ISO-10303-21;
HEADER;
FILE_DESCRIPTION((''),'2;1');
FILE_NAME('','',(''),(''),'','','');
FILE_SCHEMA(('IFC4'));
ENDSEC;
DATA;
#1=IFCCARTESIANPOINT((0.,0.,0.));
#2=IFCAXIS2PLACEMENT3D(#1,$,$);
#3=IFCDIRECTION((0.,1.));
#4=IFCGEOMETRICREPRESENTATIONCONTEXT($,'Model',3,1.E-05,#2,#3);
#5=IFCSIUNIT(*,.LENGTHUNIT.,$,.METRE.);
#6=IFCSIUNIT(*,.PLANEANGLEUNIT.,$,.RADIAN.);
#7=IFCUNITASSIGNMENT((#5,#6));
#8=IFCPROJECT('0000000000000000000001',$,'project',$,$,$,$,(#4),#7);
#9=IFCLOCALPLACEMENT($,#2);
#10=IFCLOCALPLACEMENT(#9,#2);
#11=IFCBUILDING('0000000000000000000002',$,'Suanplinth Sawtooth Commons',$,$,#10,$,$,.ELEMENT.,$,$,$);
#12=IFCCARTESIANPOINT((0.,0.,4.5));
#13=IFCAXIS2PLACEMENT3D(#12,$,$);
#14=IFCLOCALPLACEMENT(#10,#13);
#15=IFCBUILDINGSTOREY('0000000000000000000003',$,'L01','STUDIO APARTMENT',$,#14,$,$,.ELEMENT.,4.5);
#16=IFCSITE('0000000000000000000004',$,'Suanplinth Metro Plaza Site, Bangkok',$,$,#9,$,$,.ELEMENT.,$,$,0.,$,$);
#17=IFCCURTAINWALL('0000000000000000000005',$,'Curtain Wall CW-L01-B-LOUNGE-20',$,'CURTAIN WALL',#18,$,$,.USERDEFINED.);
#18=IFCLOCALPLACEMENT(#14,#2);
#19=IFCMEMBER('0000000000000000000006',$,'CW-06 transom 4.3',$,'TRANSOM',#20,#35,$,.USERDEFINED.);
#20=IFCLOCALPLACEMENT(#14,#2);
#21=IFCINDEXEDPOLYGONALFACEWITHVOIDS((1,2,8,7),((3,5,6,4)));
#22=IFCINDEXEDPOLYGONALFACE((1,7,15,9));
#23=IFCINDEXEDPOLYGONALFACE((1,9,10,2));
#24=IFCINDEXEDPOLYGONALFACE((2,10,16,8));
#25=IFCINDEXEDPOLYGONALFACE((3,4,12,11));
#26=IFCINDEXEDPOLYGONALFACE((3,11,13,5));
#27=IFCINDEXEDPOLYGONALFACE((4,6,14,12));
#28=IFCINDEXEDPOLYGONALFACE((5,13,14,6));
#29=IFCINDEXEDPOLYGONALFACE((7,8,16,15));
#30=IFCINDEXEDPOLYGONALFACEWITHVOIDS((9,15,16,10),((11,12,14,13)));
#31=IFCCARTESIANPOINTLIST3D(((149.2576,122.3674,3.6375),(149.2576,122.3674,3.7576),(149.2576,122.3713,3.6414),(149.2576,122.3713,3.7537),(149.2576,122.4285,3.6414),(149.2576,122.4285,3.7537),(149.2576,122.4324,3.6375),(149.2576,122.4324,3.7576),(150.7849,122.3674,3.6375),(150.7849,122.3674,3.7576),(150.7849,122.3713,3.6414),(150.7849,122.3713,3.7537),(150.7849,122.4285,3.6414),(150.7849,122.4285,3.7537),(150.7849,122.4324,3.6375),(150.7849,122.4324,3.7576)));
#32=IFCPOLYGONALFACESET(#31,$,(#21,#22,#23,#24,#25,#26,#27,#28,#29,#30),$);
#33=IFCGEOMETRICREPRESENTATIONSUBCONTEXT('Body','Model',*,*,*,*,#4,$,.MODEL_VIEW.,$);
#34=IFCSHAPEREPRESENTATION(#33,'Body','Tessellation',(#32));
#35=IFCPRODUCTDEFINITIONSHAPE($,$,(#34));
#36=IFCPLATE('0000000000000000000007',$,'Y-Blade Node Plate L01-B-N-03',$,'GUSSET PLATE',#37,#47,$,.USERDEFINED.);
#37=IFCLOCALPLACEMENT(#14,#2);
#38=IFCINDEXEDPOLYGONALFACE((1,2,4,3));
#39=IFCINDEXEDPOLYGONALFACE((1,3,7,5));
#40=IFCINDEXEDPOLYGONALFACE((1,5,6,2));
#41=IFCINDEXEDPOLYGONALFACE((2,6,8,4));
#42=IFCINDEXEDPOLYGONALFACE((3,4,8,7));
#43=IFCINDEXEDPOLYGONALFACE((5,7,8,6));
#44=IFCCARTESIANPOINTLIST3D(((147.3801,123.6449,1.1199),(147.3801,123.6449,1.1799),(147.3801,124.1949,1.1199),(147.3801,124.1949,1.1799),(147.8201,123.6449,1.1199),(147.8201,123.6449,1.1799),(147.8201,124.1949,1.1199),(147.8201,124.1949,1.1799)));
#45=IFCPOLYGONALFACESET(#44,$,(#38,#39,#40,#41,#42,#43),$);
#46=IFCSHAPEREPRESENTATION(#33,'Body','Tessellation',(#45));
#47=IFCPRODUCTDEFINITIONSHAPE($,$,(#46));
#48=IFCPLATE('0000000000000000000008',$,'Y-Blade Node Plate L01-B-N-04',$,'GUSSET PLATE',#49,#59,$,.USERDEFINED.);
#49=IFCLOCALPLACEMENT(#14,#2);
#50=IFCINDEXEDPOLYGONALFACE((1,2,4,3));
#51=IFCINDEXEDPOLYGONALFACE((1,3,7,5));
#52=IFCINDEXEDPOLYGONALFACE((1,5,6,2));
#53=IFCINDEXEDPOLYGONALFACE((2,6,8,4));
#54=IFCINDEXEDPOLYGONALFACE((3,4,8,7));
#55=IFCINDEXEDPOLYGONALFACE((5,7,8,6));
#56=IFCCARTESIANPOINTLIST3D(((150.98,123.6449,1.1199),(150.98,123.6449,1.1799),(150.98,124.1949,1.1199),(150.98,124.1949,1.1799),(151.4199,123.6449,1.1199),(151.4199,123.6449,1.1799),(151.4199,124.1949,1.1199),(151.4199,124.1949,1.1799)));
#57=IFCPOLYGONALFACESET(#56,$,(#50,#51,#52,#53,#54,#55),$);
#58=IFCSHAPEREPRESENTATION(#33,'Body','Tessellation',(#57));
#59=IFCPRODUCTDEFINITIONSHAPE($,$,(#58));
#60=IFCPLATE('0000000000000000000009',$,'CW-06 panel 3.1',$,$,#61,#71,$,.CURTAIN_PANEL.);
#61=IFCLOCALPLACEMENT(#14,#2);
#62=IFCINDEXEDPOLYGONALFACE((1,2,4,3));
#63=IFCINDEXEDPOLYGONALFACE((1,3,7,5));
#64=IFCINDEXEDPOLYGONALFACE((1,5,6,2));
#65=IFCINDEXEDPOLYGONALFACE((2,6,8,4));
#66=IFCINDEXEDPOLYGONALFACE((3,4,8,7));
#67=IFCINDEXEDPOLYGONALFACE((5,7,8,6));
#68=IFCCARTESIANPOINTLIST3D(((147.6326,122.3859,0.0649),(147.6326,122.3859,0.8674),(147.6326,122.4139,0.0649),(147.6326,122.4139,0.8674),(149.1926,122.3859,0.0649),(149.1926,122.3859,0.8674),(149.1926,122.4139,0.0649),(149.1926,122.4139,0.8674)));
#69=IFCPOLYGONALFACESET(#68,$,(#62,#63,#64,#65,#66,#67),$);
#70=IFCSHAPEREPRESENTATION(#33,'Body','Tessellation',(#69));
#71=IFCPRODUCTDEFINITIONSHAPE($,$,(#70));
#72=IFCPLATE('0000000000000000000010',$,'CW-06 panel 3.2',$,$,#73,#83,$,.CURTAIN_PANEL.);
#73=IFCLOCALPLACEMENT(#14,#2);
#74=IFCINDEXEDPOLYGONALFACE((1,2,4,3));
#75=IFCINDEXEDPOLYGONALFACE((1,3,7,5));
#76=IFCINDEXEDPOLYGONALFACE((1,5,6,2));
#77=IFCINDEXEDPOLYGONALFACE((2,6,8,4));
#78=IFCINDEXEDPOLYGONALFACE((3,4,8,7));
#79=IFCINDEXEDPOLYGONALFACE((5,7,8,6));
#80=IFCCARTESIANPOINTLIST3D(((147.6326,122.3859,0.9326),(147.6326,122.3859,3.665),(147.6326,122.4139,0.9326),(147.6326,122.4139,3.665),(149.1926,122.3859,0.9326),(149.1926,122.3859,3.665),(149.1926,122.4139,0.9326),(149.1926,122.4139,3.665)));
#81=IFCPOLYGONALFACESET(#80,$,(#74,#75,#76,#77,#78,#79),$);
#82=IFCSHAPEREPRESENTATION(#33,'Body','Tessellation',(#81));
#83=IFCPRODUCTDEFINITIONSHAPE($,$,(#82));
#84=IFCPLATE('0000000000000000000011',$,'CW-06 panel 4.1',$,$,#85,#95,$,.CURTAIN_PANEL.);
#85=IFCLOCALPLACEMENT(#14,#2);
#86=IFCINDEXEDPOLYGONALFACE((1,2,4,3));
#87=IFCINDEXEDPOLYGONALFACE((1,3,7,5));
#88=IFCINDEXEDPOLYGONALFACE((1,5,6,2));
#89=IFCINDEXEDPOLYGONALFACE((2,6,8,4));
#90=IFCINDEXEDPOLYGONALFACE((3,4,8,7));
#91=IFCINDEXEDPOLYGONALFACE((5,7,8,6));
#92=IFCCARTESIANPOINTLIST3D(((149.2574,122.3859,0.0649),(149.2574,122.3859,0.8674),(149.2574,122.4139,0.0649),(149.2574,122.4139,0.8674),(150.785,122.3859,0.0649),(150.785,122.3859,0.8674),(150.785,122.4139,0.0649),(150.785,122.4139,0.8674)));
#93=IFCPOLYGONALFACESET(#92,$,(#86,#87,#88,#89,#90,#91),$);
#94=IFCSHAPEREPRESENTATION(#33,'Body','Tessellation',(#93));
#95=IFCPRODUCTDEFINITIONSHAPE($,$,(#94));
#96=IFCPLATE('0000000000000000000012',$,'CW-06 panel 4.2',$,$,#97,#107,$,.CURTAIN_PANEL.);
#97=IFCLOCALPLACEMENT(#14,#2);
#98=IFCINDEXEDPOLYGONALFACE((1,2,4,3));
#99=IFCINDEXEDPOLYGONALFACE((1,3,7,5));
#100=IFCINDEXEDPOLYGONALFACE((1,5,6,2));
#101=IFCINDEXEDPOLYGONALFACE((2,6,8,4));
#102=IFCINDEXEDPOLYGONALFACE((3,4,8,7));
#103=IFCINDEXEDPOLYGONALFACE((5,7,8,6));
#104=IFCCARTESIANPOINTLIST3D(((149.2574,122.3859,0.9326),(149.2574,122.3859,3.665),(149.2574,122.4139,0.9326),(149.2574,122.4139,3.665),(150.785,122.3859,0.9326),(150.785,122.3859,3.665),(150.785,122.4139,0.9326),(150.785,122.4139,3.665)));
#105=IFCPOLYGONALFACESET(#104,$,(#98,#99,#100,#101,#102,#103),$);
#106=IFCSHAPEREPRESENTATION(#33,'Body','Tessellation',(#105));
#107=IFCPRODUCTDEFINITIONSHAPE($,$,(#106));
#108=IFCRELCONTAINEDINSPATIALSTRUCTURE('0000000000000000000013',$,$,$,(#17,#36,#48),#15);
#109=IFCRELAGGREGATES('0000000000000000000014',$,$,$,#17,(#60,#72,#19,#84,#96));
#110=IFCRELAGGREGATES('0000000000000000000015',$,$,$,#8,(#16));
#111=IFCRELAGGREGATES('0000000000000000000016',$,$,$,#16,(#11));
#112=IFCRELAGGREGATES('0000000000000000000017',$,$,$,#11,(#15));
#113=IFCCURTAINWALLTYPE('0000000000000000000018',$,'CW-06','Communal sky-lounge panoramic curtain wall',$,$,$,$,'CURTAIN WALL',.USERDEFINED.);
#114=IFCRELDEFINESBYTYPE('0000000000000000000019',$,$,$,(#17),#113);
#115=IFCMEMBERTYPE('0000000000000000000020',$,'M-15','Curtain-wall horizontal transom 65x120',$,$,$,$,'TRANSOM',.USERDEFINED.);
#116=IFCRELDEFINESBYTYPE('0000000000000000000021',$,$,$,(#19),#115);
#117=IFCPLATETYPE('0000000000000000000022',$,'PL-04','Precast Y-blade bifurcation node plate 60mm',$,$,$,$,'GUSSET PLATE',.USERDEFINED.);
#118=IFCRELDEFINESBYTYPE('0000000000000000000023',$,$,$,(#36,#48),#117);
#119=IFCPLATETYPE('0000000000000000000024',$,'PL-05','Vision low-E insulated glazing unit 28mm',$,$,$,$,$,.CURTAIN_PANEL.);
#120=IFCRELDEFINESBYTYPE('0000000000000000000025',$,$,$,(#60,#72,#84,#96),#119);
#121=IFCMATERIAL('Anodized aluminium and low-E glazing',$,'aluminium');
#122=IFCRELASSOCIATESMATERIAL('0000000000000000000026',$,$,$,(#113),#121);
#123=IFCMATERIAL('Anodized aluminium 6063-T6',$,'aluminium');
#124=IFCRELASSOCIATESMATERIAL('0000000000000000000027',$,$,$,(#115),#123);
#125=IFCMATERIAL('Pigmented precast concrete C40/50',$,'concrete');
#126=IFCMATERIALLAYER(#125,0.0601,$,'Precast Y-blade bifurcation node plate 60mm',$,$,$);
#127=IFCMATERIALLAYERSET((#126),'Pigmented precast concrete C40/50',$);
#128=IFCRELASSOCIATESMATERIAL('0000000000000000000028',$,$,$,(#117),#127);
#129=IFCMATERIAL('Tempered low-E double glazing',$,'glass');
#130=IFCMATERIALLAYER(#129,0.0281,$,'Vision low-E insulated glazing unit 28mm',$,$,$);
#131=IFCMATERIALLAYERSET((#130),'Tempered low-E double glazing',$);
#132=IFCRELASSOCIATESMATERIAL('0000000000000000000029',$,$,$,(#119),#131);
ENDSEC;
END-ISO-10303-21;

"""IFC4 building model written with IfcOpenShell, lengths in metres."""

from ifc_helpers import new_model, si_unit, direction, frame, origin, origin_2d, place, context, subcontext, project, spatial, rectangle, hollow_rectangle, extrude, material, layer, layer_set, material_profile, profile_set, type_object, element, aggregate, save


model = new_model("IFC4")

# Units and contexts
model_context = context("Model", 3, precision=1e-05, world=origin(), true_north=direction((0.0, 1.0)))
body_context = subcontext(model_context, "Body", "Model", "MODEL_VIEW")
ifc_project = project(units=[si_unit("LENGTHUNIT", "METRE"), si_unit("PLANEANGLEUNIT", "RADIAN")], contexts=[model_context])

# Site, building, storey
site_placement = place(None, origin())
site = spatial("IfcSite", under=ifc_project, at=site_placement, Name="Suanplinth Metro Plaza Site, Bangkok", CompositionType="ELEMENT", RefElevation=0.0)
building_placement = place(site_placement, origin())
building = spatial("IfcBuilding", under=site, at=building_placement, Name="Suanplinth Sawtooth Commons", CompositionType="ELEMENT")
storey_placement = place(building_placement, frame((0.0, 0.0, 4.5)))
storey = spatial("IfcBuildingStorey", under=building, at=storey_placement, Name="L01", Description="STUDIO APARTMENT", CompositionType="ELEMENT", Elevation=4.5)

# Shared definitions
ifc_material_1 = material(Name="Pigmented precast concrete C40/50", Category="concrete")

# Curtain wall, member
ifc_material_2 = material(Name="Anodized aluminium and low-E glazing", Category="aluminium")
curtain_wall_type = type_object("IfcCurtainWallType", Name="CW-06", Description="Communal sky-lounge panoramic curtain wall", ElementType="CURTAIN WALL", PredefinedType="USERDEFINED", material=ifc_material_2)
curtain_wall_placement = place(storey_placement, origin())
curtain_wall = element("IfcCurtainWall", 1, at=curtain_wall_placement, inside=storey, type_object=curtain_wall_type, Name="Curtain Wall CW-L01-B-LOUNGE-20", ObjectType="CURTAIN WALL", PredefinedType="USERDEFINED")
ifc_material_3 = material(Name="Anodized aluminium 6063-T6", Category="aluminium")
ifc_material_profile_1 = material_profile(ifc_material_3, hollow_rectangle(XDim=0.0649, YDim=0.1201, WallThickness=0.0039, at=origin_2d()), Name="ALU-TRN 65x120")
ifc_profile_set_1 = profile_set([ifc_material_profile_1], Name="Anodized aluminium 6063-T6")
member_type_1 = type_object("IfcMemberType", Name="M-15", Description="Curtain-wall horizontal transom 65x120", ElementType="TRANSOM", PredefinedType="USERDEFINED", material=ifc_profile_set_1)
member_1_placement = place(storey_placement, frame((149.2576, 122.3999, 3.6975), z_axis=(1.0, 0.0, 0.0), x_axis=(0.0, 1.0, 0.0)))
member_1 = element("IfcMember", 2, at=member_1_placement, type_object=member_type_1, Name="CW-06 transom 4.3", ObjectType="TRANSOM", PredefinedType="USERDEFINED", context=body_context, shape_type="SweptSolid", body=[
    extrude(hollow_rectangle(XDim=0.0649, YDim=0.1201, WallThickness=0.0039, at=origin_2d()), origin(), (0.0, 0.0, 1.0), 1.5273),
])

# Plates
ifc_layer_1 = layer(ifc_material_1, 0.0601, Name="Precast Y-blade bifurcation node plate 60mm")
ifc_layer_set_1 = layer_set([ifc_layer_1], Name="Pigmented precast concrete C40/50")
plate_type_1 = type_object("IfcPlateType", Name="PL-04", Description="Precast Y-blade bifurcation node plate 60mm", ElementType="GUSSET PLATE", PredefinedType="USERDEFINED", material=ifc_layer_set_1)
for number, where, z_axis, x_axis, name in (
    (3, (147.6001, 123.9199, 1.1199), (0.0, 0.0, 1.0), (1.0, 0.0, 0.0), "Y-Blade Node Plate L01-B-N-03"),
    (4, (151.2, 123.9199, 1.1199), (0.0, 0.0, 1.0), (1.0, 0.0, 0.0), "Y-Blade Node Plate L01-B-N-04"),
):
    element("IfcPlate", number, at=place(storey_placement, frame(where, z_axis=z_axis, x_axis=x_axis)), inside=storey, type_object=plate_type_1, Name=name, ObjectType="GUSSET PLATE", PredefinedType="USERDEFINED", context=body_context, shape_type="SweptSolid", body=[
        extrude(rectangle(XDim=0.4399, YDim=0.55, at=origin_2d()), origin(), (0.0, 0.0, 1.0), 0.0601),
    ])

# Plates
ifc_material_4 = material(Name="Tempered low-E double glazing", Category="glass")
ifc_layer_2 = layer(ifc_material_4, 0.0281, Name="Vision low-E insulated glazing unit 28mm")
ifc_layer_set_2 = layer_set([ifc_layer_2], Name="Tempered low-E double glazing")
plate_type_2 = type_object("IfcPlateType", Name="PL-05", Description="Vision low-E insulated glazing unit 28mm", PredefinedType="CURTAIN_PANEL", material=ifc_layer_set_2)
plate_1_placement = place(storey_placement, frame((148.4126, 122.3999, 0.0649), z_axis=(0.0, 0.0, 1.0), x_axis=(1.0, 0.0, 0.0)))
plate_1 = element("IfcPlate", 5, at=plate_1_placement, type_object=plate_type_2, Name="CW-06 panel 3.1", PredefinedType="CURTAIN_PANEL", context=body_context, shape_type="SweptSolid", body=[
    extrude(rectangle(XDim=1.5601, YDim=0.0281, at=origin_2d()), origin(), (0.0, 0.0, 1.0), 0.8025),
])
plate_2_placement = place(storey_placement, frame((148.4126, 122.3999, 0.9326), z_axis=(0.0, 0.0, 1.0), x_axis=(1.0, 0.0, 0.0)))
plate_2 = element("IfcPlate", 6, at=plate_2_placement, type_object=plate_type_2, Name="CW-06 panel 3.2", PredefinedType="CURTAIN_PANEL", context=body_context, shape_type="SweptSolid", body=[
    extrude(rectangle(XDim=1.5601, YDim=0.0281, at=origin_2d()), origin(), (0.0, 0.0, 1.0), 2.7324),
])
plate_3_placement = place(storey_placement, frame((150.0212, 122.3999, 0.0649), z_axis=(0.0, 0.0, 1.0), x_axis=(1.0, 0.0, 0.0)))
plate_3 = element("IfcPlate", 7, at=plate_3_placement, type_object=plate_type_2, Name="CW-06 panel 4.1", PredefinedType="CURTAIN_PANEL", context=body_context, shape_type="SweptSolid", body=[
    extrude(rectangle(XDim=1.5276, YDim=0.0281, at=origin_2d()), origin(), (0.0, 0.0, 1.0), 0.8025),
])
plate_4_placement = place(storey_placement, frame((150.0212, 122.3999, 0.9326), z_axis=(0.0, 0.0, 1.0), x_axis=(1.0, 0.0, 0.0)))
plate_4 = element("IfcPlate", 8, at=plate_4_placement, type_object=plate_type_2, Name="CW-06 panel 4.2", PredefinedType="CURTAIN_PANEL", context=body_context, shape_type="SweptSolid", body=[
    extrude(rectangle(XDim=1.5276, YDim=0.0281, at=origin_2d()), origin(), (0.0, 0.0, 1.0), 2.7324),
])
aggregate(curtain_wall, [plate_1, plate_2, member_1, plate_3, plate_4])

save(model, "model.ifc")
